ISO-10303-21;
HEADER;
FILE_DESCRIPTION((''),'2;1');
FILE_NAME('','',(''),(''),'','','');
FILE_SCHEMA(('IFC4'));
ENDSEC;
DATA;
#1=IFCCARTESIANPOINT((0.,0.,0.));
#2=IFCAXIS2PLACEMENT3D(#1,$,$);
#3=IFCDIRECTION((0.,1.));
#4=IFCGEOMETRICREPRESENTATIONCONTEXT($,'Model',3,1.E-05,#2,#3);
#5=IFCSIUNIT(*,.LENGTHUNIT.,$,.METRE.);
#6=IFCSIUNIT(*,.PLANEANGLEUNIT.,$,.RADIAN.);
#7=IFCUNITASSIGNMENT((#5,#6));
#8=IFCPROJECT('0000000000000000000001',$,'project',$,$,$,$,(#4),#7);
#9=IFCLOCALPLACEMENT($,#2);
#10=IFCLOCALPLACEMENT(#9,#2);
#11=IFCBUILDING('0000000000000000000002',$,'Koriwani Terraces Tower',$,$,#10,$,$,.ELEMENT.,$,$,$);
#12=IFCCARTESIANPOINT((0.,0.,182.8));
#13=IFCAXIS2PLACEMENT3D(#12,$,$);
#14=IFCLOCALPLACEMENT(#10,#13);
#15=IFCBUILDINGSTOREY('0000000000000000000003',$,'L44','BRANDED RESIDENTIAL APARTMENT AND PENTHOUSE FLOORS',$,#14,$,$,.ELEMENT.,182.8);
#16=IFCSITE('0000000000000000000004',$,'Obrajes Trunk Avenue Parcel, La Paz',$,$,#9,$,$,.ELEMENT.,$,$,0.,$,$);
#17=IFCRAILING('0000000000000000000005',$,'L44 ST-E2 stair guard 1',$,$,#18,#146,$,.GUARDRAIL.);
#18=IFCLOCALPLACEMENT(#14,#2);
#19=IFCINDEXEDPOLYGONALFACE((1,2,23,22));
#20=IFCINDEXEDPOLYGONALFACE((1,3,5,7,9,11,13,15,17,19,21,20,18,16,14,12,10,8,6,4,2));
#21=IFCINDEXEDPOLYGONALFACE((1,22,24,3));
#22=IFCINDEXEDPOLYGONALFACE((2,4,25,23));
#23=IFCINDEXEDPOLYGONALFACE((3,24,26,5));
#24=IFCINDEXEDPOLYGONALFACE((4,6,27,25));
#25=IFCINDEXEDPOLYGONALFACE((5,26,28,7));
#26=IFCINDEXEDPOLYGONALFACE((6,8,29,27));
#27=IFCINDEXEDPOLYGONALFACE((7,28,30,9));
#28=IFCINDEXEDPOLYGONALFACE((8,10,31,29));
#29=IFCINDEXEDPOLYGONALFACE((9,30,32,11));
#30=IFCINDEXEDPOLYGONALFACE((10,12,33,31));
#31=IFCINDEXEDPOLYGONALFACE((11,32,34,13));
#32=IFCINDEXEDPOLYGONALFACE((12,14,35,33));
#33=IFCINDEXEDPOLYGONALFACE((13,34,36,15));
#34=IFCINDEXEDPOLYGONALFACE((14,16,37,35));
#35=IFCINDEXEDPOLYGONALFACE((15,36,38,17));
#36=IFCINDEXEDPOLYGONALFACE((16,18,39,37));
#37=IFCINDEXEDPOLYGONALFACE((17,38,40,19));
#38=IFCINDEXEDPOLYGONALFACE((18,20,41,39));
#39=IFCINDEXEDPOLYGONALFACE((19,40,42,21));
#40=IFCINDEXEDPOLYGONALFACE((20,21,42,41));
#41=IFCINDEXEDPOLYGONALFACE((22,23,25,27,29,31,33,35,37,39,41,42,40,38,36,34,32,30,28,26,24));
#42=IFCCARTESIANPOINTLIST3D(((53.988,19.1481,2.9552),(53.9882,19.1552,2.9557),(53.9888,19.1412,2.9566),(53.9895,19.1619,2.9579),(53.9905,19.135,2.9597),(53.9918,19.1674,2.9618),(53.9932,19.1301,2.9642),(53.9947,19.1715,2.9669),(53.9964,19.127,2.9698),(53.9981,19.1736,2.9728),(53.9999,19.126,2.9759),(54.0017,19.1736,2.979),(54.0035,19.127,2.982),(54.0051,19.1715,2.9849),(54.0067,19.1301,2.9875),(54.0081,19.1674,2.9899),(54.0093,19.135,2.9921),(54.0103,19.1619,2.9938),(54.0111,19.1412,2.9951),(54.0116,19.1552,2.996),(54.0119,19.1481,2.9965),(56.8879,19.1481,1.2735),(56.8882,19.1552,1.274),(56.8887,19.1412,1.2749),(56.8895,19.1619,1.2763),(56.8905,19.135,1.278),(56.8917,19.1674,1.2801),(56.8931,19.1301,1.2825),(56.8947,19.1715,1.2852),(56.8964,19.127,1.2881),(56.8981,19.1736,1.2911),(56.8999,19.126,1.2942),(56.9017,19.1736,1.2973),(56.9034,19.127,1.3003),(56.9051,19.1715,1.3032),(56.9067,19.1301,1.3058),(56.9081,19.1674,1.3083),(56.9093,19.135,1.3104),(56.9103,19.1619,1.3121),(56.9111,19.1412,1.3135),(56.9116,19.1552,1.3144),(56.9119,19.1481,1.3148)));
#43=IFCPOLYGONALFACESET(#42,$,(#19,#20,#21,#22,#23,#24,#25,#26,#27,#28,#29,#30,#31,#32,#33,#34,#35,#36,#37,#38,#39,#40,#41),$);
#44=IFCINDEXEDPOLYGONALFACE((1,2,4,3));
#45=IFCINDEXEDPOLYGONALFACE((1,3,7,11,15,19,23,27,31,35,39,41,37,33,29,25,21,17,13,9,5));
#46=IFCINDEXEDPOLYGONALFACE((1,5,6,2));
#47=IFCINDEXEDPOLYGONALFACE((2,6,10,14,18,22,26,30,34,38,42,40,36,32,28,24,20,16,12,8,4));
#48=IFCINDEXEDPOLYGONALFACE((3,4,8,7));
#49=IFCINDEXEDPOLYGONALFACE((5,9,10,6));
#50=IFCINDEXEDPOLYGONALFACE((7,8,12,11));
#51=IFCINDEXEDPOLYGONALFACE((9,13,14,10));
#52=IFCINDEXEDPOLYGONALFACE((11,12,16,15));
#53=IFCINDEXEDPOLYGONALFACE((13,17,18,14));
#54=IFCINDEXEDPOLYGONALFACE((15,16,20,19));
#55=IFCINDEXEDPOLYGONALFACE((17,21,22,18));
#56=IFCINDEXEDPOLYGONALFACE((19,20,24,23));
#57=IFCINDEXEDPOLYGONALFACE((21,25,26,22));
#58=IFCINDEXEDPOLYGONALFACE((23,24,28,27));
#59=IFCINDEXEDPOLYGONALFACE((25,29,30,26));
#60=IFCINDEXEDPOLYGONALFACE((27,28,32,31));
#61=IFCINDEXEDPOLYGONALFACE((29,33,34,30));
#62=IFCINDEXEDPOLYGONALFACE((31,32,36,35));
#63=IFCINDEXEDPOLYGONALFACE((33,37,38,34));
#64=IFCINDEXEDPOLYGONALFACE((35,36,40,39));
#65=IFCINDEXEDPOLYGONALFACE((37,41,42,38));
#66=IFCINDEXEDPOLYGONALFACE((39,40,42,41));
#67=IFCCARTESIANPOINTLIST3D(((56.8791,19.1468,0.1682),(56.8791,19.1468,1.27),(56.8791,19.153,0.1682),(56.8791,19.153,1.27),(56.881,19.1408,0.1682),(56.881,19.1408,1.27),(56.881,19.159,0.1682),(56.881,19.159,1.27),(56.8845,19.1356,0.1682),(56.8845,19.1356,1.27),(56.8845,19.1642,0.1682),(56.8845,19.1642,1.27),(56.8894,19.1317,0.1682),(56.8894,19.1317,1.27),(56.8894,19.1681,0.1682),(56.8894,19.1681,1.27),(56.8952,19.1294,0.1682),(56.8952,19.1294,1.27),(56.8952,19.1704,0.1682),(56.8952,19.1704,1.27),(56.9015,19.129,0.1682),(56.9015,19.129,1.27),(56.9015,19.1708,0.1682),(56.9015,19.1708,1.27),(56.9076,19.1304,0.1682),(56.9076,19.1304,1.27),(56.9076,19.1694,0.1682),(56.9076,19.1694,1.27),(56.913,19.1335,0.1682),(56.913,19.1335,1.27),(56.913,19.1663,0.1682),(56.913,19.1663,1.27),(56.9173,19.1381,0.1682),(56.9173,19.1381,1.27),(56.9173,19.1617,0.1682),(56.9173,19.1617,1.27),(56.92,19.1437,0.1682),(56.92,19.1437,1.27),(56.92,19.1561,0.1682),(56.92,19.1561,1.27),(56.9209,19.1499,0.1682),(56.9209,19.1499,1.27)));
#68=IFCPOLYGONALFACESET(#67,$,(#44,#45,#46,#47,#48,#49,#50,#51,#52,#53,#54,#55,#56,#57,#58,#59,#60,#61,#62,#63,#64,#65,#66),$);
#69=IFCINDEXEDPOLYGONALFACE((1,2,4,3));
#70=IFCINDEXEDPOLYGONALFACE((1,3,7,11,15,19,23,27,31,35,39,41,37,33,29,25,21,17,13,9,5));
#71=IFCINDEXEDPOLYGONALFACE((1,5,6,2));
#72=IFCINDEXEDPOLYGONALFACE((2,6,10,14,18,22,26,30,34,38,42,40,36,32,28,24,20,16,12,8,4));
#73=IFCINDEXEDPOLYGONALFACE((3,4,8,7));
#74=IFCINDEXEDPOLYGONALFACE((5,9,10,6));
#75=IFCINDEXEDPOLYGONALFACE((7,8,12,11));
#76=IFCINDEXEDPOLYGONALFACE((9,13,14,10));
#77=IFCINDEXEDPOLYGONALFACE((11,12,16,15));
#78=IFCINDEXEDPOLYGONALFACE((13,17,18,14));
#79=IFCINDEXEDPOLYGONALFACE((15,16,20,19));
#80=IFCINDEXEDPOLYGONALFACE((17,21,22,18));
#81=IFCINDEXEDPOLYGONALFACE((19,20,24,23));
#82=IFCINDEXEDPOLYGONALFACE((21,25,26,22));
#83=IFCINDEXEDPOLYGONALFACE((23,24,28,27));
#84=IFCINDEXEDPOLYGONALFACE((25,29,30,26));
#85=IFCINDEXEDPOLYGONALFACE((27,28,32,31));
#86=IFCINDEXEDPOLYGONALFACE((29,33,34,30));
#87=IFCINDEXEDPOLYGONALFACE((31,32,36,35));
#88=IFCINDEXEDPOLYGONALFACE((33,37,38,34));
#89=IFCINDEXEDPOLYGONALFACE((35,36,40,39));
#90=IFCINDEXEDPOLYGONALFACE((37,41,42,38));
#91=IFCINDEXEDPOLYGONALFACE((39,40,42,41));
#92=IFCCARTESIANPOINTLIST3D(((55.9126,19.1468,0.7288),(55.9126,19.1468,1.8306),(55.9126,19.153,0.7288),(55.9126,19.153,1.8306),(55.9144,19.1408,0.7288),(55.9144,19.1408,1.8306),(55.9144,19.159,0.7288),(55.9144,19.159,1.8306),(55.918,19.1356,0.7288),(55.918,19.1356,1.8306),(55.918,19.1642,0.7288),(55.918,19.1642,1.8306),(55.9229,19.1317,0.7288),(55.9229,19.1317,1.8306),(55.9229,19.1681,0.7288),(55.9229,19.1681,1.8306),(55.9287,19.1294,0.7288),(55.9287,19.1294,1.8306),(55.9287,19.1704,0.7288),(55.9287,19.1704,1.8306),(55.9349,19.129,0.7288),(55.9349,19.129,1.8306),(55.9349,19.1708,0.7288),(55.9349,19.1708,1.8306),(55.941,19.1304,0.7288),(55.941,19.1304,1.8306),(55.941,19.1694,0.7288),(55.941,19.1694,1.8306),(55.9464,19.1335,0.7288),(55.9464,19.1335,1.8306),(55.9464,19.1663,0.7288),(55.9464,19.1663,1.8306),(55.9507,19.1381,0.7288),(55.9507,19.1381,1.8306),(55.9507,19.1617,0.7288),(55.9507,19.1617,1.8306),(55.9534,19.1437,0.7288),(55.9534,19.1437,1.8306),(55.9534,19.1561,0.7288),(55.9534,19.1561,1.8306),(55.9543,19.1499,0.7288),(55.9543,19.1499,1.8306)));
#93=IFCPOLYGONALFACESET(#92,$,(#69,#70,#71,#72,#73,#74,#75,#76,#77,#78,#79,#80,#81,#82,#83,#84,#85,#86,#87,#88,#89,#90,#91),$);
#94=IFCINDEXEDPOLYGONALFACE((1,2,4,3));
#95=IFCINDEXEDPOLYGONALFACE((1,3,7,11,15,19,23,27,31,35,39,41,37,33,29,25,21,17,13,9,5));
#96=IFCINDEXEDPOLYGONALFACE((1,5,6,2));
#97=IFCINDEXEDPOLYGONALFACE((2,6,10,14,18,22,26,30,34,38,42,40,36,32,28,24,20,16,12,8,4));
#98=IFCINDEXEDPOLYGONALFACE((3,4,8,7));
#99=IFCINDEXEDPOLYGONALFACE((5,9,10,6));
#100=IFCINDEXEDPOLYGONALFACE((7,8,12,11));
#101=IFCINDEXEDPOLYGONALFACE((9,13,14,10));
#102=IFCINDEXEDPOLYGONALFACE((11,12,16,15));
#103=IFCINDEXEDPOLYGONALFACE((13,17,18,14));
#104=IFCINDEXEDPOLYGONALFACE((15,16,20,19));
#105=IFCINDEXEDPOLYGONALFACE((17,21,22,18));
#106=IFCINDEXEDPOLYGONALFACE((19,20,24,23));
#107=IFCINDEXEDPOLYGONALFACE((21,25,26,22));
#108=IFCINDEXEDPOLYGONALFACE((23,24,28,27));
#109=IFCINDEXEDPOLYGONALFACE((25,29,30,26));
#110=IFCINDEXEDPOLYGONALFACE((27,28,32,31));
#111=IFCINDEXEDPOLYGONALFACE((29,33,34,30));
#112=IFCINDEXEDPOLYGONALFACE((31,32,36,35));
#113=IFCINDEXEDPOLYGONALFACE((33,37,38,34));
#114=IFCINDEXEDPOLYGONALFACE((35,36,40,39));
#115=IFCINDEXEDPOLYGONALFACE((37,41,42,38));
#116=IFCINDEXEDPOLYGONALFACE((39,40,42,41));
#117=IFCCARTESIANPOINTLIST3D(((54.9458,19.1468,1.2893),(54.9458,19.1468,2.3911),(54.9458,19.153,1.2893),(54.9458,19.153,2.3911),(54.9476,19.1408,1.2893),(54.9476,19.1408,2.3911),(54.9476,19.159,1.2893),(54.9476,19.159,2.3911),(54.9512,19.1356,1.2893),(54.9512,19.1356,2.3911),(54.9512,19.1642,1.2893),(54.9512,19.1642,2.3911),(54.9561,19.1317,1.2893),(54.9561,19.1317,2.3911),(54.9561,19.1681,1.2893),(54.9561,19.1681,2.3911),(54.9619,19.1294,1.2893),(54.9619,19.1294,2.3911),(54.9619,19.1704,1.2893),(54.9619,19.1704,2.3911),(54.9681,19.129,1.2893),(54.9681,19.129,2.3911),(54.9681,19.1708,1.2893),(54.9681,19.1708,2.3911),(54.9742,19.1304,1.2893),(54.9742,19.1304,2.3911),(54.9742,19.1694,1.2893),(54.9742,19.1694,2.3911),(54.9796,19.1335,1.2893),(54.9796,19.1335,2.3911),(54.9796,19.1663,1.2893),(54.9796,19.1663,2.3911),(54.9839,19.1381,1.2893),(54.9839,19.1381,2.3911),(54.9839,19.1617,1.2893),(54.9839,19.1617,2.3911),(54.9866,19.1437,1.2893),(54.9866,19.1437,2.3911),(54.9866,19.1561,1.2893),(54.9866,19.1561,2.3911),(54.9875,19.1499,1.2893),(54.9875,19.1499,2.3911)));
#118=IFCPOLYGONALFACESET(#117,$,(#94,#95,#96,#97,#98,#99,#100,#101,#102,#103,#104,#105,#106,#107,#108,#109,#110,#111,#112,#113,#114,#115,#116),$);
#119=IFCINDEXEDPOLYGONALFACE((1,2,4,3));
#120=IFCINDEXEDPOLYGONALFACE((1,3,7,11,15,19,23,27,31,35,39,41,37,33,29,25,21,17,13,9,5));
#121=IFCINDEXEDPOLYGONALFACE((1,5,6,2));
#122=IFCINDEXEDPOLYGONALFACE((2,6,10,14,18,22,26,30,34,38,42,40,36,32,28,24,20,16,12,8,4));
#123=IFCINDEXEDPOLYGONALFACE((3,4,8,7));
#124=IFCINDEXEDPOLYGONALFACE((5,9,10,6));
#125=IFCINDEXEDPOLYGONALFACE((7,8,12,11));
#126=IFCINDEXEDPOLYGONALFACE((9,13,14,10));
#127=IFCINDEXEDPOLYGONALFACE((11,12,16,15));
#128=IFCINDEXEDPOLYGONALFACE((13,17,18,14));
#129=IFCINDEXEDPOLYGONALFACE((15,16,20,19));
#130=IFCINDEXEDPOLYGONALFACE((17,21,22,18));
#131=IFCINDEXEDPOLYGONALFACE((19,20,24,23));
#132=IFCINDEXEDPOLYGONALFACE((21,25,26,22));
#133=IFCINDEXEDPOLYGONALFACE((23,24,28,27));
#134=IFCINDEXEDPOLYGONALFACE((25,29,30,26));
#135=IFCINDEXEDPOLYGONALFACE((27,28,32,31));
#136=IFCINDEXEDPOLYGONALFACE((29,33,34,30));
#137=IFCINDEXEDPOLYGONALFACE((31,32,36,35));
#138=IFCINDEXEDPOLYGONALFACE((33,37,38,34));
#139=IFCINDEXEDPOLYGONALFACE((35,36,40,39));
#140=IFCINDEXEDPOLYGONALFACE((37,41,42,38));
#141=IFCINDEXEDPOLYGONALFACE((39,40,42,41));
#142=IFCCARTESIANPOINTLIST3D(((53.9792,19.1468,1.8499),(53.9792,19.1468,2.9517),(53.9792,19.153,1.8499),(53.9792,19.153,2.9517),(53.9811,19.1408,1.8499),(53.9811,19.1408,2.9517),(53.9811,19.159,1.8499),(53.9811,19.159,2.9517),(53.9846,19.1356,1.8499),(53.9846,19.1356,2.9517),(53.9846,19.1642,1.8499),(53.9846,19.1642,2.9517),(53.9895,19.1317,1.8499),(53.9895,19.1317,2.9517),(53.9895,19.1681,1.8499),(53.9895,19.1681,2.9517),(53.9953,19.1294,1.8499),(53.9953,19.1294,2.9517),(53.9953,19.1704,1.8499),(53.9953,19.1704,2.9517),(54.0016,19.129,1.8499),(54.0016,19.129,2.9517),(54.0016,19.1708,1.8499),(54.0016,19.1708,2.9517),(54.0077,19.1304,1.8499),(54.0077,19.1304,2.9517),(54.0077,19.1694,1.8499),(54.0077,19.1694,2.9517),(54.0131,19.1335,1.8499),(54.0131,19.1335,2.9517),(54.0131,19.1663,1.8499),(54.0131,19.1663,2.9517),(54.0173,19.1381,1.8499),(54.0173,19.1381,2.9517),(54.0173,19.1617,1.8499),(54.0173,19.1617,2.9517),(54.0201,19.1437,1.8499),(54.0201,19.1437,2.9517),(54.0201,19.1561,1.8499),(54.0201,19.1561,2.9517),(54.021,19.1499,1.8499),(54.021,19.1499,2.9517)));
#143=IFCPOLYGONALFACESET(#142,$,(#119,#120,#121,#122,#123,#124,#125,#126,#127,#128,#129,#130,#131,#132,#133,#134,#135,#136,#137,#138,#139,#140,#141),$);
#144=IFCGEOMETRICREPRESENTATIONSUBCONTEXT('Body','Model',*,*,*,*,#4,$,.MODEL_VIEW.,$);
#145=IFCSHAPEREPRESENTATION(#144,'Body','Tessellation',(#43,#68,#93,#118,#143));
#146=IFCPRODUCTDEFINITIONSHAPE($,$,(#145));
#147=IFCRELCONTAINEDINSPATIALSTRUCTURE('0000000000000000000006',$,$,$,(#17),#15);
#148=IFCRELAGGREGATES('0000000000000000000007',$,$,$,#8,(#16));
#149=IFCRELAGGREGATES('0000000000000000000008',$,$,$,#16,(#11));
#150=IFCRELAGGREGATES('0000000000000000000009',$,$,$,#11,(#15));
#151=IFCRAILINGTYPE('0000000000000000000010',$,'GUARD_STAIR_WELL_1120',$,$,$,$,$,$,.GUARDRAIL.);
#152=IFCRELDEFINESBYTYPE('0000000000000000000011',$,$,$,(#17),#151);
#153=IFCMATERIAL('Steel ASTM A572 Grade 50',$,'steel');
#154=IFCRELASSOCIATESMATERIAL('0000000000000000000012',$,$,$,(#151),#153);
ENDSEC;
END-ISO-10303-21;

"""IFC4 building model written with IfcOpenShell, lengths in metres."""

from ifc_helpers import new_model, si_unit, direction, frame, origin, origin_2d, place, context, subcontext, project, spatial, circle, extrude, material, type_object, element, save


model = new_model("IFC4")

# Units and contexts
model_context = context("Model", 3, precision=1e-05, world=origin(), true_north=direction((0.0, 1.0)))
body_context = subcontext(model_context, "Body", "Model", "MODEL_VIEW")
ifc_project = project(units=[si_unit("LENGTHUNIT", "METRE"), si_unit("PLANEANGLEUNIT", "RADIAN")], contexts=[model_context])

# Site, building, storey
site_placement = place(None, origin())
site = spatial("IfcSite", under=ifc_project, at=site_placement, Name="Obrajes Trunk Avenue Parcel, La Paz", CompositionType="ELEMENT", RefElevation=0.0)
building_placement = place(site_placement, origin())
building = spatial("IfcBuilding", under=site, at=building_placement, Name="Koriwani Terraces Tower", CompositionType="ELEMENT")
storey_placement = place(building_placement, frame((0.0, 0.0, 182.8)))
storey = spatial("IfcBuildingStorey", under=building, at=storey_placement, Name="L44", Description="BRANDED RESIDENTIAL APARTMENT AND PENTHOUSE FLOORS", CompositionType="ELEMENT", Elevation=182.8)

# Shared definitions
ifc_material_1 = material(Name="Steel ASTM A572 Grade 50", Category="steel")

# Railing
railing_type_1 = type_object("IfcRailingType", Name="GUARD_STAIR_WELL_1120", PredefinedType="GUARDRAIL", material=ifc_material_1)
railing_1_placement = place(storey_placement, frame((56.8999, 19.1499, 0.1682)))
element("IfcRailing", 1, at=railing_1_placement, inside=storey, type_object=railing_type_1, Name="L44 ST-E2 stair guard 1", PredefinedType="GUARDRAIL", context=body_context, shape_type="SweptSolid", body=[
    extrude(circle(Radius=0.0239, at=origin_2d()), frame((0.0, 0.0, 1.126), z_axis=(-0.86507, 0.0, 0.501651), x_axis=(0.0, -1.0, 0.0)), (0.0, 0.0, 1.0), 3.3523),
    extrude(circle(Radius=0.021, at=origin_2d()), origin(), (0.0, 0.0, 1.0), 1.1018),
    extrude(circle(Radius=0.021, at=origin_2d()), frame((-0.9666, 0.0, 0.5605)), (0.0, 0.0, 1.0), 1.1018),
    extrude(circle(Radius=0.021, at=origin_2d()), frame((-1.9333, 0.0, 1.1211)), (0.0, 0.0, 1.0), 1.1018),
    extrude(circle(Radius=0.021, at=origin_2d()), frame((-2.8999, 0.0, 1.6816)), (0.0, 0.0, 1.0), 1.1018),
])

save(model, "model.ifc")
